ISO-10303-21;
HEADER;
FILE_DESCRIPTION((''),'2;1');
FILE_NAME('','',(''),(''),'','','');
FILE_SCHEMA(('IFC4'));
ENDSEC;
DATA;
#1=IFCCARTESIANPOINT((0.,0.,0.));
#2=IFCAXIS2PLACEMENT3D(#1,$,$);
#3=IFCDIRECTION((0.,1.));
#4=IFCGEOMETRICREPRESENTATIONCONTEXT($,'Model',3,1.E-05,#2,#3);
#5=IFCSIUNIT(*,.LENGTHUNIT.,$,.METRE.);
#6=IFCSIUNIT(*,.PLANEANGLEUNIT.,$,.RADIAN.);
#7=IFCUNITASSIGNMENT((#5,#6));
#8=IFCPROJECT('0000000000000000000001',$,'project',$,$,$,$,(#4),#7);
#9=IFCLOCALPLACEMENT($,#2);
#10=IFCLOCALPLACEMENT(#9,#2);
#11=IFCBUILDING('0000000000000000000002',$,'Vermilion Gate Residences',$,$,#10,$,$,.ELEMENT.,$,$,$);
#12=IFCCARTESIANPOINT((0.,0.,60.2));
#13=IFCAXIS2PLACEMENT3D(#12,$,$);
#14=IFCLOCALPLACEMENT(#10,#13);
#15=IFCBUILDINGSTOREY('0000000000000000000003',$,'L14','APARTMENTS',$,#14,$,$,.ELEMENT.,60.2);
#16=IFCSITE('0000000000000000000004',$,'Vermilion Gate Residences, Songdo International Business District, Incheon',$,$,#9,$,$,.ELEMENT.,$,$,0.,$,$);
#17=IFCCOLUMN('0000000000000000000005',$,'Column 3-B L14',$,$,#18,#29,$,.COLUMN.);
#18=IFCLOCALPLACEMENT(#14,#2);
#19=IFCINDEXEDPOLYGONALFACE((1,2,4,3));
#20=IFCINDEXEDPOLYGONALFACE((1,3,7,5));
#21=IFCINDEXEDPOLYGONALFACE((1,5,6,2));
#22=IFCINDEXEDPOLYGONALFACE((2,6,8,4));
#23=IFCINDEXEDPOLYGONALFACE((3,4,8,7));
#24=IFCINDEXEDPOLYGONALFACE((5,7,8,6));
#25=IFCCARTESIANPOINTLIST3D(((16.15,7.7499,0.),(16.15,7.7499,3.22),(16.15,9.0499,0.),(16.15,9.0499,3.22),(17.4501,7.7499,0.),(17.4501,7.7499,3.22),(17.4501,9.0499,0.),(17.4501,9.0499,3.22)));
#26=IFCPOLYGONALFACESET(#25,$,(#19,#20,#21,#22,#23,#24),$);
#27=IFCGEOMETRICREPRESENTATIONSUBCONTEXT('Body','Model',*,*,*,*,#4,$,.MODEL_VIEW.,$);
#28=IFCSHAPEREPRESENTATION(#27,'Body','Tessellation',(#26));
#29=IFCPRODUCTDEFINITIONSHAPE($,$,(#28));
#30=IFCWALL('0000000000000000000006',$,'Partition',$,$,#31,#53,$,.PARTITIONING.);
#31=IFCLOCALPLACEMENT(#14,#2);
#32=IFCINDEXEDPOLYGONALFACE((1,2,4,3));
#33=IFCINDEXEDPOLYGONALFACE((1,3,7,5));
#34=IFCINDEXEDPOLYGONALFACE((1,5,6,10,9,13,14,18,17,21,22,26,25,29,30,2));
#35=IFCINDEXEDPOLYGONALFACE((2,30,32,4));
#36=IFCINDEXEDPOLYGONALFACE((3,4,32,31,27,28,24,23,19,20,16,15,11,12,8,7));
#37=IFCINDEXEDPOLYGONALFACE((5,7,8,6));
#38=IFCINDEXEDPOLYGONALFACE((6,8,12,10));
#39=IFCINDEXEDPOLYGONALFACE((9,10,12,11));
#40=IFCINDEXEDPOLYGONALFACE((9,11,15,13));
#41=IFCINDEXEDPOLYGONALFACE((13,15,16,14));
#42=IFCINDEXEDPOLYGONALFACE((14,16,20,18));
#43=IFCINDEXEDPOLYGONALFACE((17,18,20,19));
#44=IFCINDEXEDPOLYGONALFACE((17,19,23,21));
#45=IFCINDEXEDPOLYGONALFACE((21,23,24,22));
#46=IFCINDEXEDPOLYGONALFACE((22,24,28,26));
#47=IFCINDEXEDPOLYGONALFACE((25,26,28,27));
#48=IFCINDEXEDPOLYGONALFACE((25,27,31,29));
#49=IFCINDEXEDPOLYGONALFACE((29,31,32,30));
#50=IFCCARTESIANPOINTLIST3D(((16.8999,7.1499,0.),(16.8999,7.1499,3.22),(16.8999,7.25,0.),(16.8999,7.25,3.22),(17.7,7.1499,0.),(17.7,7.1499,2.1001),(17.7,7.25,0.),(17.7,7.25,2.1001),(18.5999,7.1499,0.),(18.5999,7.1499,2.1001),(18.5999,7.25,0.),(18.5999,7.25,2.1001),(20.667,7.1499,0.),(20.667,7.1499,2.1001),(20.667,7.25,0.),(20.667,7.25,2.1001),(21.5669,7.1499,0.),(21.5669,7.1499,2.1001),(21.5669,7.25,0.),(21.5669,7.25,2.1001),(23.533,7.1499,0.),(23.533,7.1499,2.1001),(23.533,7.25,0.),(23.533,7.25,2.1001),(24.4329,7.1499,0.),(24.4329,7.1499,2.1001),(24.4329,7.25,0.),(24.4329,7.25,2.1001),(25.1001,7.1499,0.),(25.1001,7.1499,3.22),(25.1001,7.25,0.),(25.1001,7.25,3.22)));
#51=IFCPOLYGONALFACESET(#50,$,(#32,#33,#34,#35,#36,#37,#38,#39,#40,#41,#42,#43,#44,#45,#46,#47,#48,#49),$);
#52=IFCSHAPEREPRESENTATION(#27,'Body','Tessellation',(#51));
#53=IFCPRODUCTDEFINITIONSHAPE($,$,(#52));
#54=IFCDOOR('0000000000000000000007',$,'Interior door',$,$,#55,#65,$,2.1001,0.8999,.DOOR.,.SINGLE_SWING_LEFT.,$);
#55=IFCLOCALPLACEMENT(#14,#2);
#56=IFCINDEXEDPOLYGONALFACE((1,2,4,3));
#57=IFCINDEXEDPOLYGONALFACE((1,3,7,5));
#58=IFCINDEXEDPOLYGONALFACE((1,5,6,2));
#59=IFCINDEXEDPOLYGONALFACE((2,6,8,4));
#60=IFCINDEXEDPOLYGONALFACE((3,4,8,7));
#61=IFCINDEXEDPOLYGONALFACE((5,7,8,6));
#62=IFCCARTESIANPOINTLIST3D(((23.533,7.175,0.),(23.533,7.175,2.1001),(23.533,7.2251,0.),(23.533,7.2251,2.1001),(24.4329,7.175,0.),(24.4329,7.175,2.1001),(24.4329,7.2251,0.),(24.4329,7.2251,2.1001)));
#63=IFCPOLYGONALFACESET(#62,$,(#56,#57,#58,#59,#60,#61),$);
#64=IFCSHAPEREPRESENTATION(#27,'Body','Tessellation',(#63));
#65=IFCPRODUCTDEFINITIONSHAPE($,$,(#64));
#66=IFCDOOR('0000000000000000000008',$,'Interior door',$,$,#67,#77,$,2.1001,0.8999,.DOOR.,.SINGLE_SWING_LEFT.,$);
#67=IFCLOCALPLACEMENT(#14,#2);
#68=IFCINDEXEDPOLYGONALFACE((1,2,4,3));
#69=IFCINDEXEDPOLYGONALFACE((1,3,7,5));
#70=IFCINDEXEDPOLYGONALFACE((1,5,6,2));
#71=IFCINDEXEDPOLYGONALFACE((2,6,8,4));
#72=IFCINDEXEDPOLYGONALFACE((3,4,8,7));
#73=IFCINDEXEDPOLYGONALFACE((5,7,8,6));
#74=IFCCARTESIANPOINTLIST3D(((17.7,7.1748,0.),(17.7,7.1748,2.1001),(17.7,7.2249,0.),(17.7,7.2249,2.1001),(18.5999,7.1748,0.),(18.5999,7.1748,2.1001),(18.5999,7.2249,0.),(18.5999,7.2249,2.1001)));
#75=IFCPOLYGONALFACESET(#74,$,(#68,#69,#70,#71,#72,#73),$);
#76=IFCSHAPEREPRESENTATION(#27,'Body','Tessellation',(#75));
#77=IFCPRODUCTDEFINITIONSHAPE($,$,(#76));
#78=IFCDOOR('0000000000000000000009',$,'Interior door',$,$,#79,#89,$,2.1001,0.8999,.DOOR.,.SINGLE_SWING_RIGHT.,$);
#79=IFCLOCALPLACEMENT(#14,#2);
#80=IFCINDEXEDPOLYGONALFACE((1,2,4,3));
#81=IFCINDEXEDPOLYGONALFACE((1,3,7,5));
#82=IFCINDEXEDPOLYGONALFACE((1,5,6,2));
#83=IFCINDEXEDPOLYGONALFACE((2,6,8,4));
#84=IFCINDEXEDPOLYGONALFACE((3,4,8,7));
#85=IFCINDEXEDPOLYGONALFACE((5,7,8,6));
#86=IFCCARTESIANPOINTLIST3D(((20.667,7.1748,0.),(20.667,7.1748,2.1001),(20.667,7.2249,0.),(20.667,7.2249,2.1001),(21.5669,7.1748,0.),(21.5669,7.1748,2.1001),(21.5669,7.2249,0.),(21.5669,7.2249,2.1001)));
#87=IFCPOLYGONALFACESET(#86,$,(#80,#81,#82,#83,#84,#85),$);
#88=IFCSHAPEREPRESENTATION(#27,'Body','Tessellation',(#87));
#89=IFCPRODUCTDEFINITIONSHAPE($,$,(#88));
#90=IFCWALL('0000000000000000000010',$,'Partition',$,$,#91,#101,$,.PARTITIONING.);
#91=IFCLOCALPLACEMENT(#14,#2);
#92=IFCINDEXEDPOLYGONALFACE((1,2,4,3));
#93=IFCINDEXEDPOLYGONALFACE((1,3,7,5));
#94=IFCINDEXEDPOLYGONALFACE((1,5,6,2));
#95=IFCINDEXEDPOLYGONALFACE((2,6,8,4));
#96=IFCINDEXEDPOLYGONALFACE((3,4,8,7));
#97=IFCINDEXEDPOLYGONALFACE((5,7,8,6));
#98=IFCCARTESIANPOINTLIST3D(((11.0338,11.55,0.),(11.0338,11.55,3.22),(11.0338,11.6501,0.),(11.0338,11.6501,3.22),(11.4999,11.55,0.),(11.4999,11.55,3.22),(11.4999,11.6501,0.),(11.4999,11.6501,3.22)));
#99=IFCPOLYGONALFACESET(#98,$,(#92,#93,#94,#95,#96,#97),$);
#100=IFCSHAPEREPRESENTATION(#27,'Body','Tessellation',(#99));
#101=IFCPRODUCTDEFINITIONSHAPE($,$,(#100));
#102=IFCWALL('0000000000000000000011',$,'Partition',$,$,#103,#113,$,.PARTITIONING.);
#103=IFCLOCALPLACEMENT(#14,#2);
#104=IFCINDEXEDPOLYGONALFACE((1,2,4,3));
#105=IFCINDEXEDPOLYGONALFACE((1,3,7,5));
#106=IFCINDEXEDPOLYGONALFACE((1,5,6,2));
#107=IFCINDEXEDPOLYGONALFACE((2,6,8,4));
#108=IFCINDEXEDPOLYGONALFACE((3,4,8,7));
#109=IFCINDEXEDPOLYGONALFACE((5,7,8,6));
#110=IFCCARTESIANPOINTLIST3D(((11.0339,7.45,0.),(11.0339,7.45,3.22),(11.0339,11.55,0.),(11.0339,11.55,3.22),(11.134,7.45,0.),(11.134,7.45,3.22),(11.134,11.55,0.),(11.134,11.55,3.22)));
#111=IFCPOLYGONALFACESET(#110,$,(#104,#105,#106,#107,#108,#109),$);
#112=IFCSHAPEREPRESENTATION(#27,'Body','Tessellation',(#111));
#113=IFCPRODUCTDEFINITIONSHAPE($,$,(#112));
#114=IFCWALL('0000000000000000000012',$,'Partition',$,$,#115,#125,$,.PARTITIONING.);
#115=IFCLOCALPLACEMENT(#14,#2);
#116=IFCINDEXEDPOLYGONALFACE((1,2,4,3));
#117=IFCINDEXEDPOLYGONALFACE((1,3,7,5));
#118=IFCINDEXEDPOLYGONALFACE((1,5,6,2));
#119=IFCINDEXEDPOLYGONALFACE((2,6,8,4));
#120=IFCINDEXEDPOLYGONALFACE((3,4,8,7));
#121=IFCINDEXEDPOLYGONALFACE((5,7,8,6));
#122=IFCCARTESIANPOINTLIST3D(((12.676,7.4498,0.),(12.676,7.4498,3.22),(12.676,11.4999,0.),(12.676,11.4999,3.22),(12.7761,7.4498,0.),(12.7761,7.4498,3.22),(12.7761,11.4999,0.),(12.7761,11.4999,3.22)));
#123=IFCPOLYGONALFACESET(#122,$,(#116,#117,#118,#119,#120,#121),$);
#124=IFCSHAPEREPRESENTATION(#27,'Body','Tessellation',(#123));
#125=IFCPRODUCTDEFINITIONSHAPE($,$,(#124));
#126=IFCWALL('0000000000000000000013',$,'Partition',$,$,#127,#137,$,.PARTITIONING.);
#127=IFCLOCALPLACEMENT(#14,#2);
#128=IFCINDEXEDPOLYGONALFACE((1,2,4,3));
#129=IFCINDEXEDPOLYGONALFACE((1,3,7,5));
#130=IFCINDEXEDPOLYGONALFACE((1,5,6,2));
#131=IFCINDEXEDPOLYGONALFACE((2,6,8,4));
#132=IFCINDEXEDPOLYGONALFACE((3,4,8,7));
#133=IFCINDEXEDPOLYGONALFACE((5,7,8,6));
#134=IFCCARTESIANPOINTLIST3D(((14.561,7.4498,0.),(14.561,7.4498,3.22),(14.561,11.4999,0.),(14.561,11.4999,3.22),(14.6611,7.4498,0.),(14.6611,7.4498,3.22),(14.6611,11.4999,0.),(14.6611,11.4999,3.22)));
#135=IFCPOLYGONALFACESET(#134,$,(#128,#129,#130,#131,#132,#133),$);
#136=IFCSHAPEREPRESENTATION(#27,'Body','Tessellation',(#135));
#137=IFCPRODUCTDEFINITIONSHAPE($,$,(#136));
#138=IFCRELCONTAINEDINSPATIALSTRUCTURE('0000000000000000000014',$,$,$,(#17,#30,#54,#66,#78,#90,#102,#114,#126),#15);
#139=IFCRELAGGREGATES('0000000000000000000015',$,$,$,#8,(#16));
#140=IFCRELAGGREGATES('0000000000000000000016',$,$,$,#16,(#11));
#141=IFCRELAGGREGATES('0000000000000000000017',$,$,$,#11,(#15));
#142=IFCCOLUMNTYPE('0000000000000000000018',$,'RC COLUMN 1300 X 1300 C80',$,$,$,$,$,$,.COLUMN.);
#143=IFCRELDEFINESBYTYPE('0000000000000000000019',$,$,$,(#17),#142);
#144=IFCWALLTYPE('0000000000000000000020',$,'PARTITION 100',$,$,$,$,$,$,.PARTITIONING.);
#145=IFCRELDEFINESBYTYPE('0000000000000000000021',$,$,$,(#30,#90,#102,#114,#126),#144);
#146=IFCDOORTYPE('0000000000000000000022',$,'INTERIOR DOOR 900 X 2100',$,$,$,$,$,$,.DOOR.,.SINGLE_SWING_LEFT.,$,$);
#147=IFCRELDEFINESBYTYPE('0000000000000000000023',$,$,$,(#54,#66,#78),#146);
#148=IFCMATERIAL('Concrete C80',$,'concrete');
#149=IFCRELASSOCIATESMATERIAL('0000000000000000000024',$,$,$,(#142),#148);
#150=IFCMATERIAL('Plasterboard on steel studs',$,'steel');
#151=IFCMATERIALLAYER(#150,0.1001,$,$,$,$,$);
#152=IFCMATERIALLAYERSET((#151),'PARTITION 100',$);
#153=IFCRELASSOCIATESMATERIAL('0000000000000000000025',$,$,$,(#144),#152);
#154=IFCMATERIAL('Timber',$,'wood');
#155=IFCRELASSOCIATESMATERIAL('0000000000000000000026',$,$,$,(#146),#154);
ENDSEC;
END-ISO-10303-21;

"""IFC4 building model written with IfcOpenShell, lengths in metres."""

from ifc_helpers import new_model, si_unit, direction, frame, frame_2d, origin, origin_2d, place, context, subcontext, project, spatial, rectangle, extrude, material, layer, layer_set, material_profile, profile_set, type_object, element, fill, save


model = new_model("IFC4")

# Units and contexts
model_context = context("Model", 3, precision=1e-05, world=origin(), true_north=direction((0.0, 1.0)))
body_context = subcontext(model_context, "Body", "Model", "MODEL_VIEW")
ifc_project = project(units=[si_unit("LENGTHUNIT", "METRE"), si_unit("PLANEANGLEUNIT", "RADIAN")], contexts=[model_context])

# Site, building, storey
site_placement = place(None, origin())
site = spatial("IfcSite", under=ifc_project, at=site_placement, Name="Vermilion Gate Residences, Songdo International Business District, Incheon", CompositionType="ELEMENT", RefElevation=0.0)
building_placement = place(site_placement, origin())
building = spatial("IfcBuilding", under=site, at=building_placement, Name="Vermilion Gate Residences", CompositionType="ELEMENT")
storey_placement = place(building_placement, frame((0.0, 0.0, 60.2)))
storey = spatial("IfcBuildingStorey", under=building, at=storey_placement, Name="L14", Description="APARTMENTS", CompositionType="ELEMENT", Elevation=60.2)

# Column
ifc_material_1 = material(Name="Concrete C80", Category="concrete")
ifc_material_profile = material_profile(ifc_material_1, rectangle(XDim=1.3, YDim=1.3, at=origin_2d()), Name="RC-1300x1300")
ifc_profile_set = profile_set([ifc_material_profile], Name="Concrete C80")
column_type = type_object("IfcColumnType", Name="RC COLUMN 1300 X 1300 C80", PredefinedType="COLUMN", material=ifc_profile_set)
column_placement = place(storey_placement, frame((16.8, 8.3999, 0.0), z_axis=(0.0, 0.0, 1.0), x_axis=(1.0, 0.0, 0.0)))
element("IfcColumn", 1, at=column_placement, inside=storey, type_object=column_type, Name="Column 3-B L14", PredefinedType="COLUMN", context=body_context, shape_type="SweptSolid", body=[
    extrude(rectangle(XDim=1.3, YDim=1.3, at=origin_2d()), origin(), (0.0, 0.0, 1.0), 3.22),
])

# Wall, openings, doors
ifc_material_2 = material(Name="Plasterboard on steel studs", Category="steel")
ifc_layer_1 = layer(ifc_material_2, 0.1001)
ifc_layer_set_1 = layer_set([ifc_layer_1], Name="PARTITION 100")
wall_type_1 = type_object("IfcWallType", Name="PARTITION 100", PredefinedType="PARTITIONING", material=ifc_layer_set_1)
wall_1_placement = place(storey_placement, frame((16.8999, 7.2, 0.0), z_axis=(0.0, 0.0, 1.0), x_axis=(1.0, 0.0, 0.0)))
wall_1 = element("IfcWall", 2, at=wall_1_placement, inside=storey, type_object=wall_type_1, Name="Partition", PredefinedType="PARTITIONING", context=body_context, shape_type="SweptSolid", body=[
    extrude(rectangle(XDim=8.2002, YDim=0.1001, at=frame_2d((4.1001, 0.0))), origin(), (0.0, 0.0, 1.0), 3.22),
])
opening_1_placement = place(wall_1_placement, frame((6.6331, 0.0, 0.0)))
opening_1 = element("IfcOpeningElement", 3, at=opening_1_placement, cuts=wall_1, PredefinedType="OPENING", context=body_context, shape_type="SweptSolid", body=[
    extrude(rectangle(XDim=0.8999, YDim=2.1001, at=frame_2d((0.45, 1.05))), frame((0.0, 0.0601, 0.0), z_axis=(0.0, -1.0, 0.0), x_axis=(1.0, 0.0, 0.0)), (0.0, 0.0, 1.0), 0.1201),
])
opening_2_placement = place(wall_1_placement, frame((0.8, 0.0, 0.0)))
opening_2 = element("IfcOpeningElement", 4, at=opening_2_placement, cuts=wall_1, PredefinedType="OPENING", context=body_context, shape_type="SweptSolid", body=[
    extrude(rectangle(XDim=0.8999, YDim=2.1001, at=frame_2d((0.45, 1.05))), frame((0.0, 0.0601, 0.0), z_axis=(0.0, -1.0, 0.0), x_axis=(1.0, 0.0, 0.0)), (0.0, 0.0, 1.0), 0.1201),
])
opening_3_placement = place(wall_1_placement, frame((3.7671, 0.0, 0.0)))
opening_3 = element("IfcOpeningElement", 5, at=opening_3_placement, cuts=wall_1, PredefinedType="OPENING", context=body_context, shape_type="SweptSolid", body=[
    extrude(rectangle(XDim=0.8999, YDim=2.1001, at=frame_2d((0.45, 1.05))), frame((0.0, 0.0601, 0.0), z_axis=(0.0, -1.0, 0.0), x_axis=(1.0, 0.0, 0.0)), (0.0, 0.0, 1.0), 0.1201),
])
ifc_material_3 = material(Name="Timber", Category="wood")
door_type_1 = type_object("IfcDoorType", Name="INTERIOR DOOR 900 X 2100", OperationType="SINGLE_SWING_LEFT", PredefinedType="DOOR", material=ifc_material_3)
door_1_placement = place(opening_1_placement, frame((0.8999, 0.0, 0.0), z_axis=(0.0, 0.0, 1.0), x_axis=(-1.0, 0.0, 0.0)))
door_1 = element("IfcDoor", 6, at=door_1_placement, inside=storey, type_object=door_type_1, Name="Interior door", OperationType="SINGLE_SWING_LEFT", OverallHeight=2.1001, OverallWidth=0.8999, PredefinedType="DOOR", context=body_context, shape_type="SweptSolid", body=[
    extrude(rectangle(XDim=0.8999, YDim=2.1001, at=frame_2d((0.45, 1.05))), frame((0.0, 0.0249, 0.0), z_axis=(0.0, -1.0, 0.0), x_axis=(1.0, 0.0, 0.0)), (0.0, 0.0, 1.0), 0.05),
])
fill(opening_1, door_1)
door_2_placement = place(opening_2_placement, origin())
door_2 = element("IfcDoor", 7, at=door_2_placement, inside=storey, type_object=door_type_1, Name="Interior door", OperationType="SINGLE_SWING_LEFT", OverallHeight=2.1001, OverallWidth=0.8999, PredefinedType="DOOR", context=body_context, shape_type="SweptSolid", body=[
    extrude(rectangle(XDim=0.8999, YDim=2.1001, at=frame_2d((0.45, 1.05))), frame((0.0, 0.0249, 0.0), z_axis=(0.0, -1.0, 0.0), x_axis=(1.0, 0.0, 0.0)), (0.0, 0.0, 1.0), 0.05),
])
fill(opening_2, door_2)
door_3_placement = place(opening_3_placement, origin())
door_3 = element("IfcDoor", 8, at=door_3_placement, inside=storey, type_object=door_type_1, Name="Interior door", OperationType="SINGLE_SWING_RIGHT", OverallHeight=2.1001, OverallWidth=0.8999, PredefinedType="DOOR", context=body_context, shape_type="SweptSolid", body=[
    extrude(rectangle(XDim=0.8999, YDim=2.1001, at=frame_2d((0.45, 1.05))), frame((0.0, 0.0249, 0.0), z_axis=(0.0, -1.0, 0.0), x_axis=(1.0, 0.0, 0.0)), (0.0, 0.0, 1.0), 0.05),
])
fill(opening_3, door_3)

# Walls
wall_2_placement = place(storey_placement, frame((11.0339, 11.6001, 0.0), z_axis=(0.0, 0.0, 1.0), x_axis=(1.0, 0.0, 0.0)))
element("IfcWall", 9, at=wall_2_placement, inside=storey, type_object=wall_type_1, Name="Partition", PredefinedType="PARTITIONING", context=body_context, shape_type="SweptSolid", body=[
    extrude(rectangle(XDim=0.4661, YDim=0.1001, at=frame_2d((0.2329, 0.0))), origin(), (0.0, 0.0, 1.0), 3.22),
])
wall_3_placement = place(storey_placement, frame((11.084, 7.45, 0.0), z_axis=(0.0, 0.0, 1.0), x_axis=(0.0, 1.0, 0.0)))
element("IfcWall", 10, at=wall_3_placement, inside=storey, type_object=wall_type_1, Name="Partition", PredefinedType="PARTITIONING", context=body_context, shape_type="SweptSolid", body=[
    extrude(rectangle(XDim=4.1001, YDim=0.1001, at=frame_2d((2.05, 0.0))), origin(), (0.0, 0.0, 1.0), 3.22),
])
for number, where, z_axis, x_axis, name in (
    (11, (12.7261, 7.45, 0.0), (0.0, 0.0, 1.0), (0.0, 1.0, 0.0), "Partition"),
    (12, (14.6111, 7.45, 0.0), (0.0, 0.0, 1.0), (0.0, 1.0, 0.0), "Partition"),
):
    element("IfcWall", number, at=place(storey_placement, frame(where, z_axis=z_axis, x_axis=x_axis)), inside=storey, type_object=wall_type_1, Name=name, PredefinedType="PARTITIONING", context=body_context, shape_type="SweptSolid", body=[
        extrude(rectangle(XDim=4.05, YDim=0.1001, at=frame_2d((2.0249, 0.0))), origin(), (0.0, 0.0, 1.0), 3.22),
    ])

save(model, "model.ifc")
